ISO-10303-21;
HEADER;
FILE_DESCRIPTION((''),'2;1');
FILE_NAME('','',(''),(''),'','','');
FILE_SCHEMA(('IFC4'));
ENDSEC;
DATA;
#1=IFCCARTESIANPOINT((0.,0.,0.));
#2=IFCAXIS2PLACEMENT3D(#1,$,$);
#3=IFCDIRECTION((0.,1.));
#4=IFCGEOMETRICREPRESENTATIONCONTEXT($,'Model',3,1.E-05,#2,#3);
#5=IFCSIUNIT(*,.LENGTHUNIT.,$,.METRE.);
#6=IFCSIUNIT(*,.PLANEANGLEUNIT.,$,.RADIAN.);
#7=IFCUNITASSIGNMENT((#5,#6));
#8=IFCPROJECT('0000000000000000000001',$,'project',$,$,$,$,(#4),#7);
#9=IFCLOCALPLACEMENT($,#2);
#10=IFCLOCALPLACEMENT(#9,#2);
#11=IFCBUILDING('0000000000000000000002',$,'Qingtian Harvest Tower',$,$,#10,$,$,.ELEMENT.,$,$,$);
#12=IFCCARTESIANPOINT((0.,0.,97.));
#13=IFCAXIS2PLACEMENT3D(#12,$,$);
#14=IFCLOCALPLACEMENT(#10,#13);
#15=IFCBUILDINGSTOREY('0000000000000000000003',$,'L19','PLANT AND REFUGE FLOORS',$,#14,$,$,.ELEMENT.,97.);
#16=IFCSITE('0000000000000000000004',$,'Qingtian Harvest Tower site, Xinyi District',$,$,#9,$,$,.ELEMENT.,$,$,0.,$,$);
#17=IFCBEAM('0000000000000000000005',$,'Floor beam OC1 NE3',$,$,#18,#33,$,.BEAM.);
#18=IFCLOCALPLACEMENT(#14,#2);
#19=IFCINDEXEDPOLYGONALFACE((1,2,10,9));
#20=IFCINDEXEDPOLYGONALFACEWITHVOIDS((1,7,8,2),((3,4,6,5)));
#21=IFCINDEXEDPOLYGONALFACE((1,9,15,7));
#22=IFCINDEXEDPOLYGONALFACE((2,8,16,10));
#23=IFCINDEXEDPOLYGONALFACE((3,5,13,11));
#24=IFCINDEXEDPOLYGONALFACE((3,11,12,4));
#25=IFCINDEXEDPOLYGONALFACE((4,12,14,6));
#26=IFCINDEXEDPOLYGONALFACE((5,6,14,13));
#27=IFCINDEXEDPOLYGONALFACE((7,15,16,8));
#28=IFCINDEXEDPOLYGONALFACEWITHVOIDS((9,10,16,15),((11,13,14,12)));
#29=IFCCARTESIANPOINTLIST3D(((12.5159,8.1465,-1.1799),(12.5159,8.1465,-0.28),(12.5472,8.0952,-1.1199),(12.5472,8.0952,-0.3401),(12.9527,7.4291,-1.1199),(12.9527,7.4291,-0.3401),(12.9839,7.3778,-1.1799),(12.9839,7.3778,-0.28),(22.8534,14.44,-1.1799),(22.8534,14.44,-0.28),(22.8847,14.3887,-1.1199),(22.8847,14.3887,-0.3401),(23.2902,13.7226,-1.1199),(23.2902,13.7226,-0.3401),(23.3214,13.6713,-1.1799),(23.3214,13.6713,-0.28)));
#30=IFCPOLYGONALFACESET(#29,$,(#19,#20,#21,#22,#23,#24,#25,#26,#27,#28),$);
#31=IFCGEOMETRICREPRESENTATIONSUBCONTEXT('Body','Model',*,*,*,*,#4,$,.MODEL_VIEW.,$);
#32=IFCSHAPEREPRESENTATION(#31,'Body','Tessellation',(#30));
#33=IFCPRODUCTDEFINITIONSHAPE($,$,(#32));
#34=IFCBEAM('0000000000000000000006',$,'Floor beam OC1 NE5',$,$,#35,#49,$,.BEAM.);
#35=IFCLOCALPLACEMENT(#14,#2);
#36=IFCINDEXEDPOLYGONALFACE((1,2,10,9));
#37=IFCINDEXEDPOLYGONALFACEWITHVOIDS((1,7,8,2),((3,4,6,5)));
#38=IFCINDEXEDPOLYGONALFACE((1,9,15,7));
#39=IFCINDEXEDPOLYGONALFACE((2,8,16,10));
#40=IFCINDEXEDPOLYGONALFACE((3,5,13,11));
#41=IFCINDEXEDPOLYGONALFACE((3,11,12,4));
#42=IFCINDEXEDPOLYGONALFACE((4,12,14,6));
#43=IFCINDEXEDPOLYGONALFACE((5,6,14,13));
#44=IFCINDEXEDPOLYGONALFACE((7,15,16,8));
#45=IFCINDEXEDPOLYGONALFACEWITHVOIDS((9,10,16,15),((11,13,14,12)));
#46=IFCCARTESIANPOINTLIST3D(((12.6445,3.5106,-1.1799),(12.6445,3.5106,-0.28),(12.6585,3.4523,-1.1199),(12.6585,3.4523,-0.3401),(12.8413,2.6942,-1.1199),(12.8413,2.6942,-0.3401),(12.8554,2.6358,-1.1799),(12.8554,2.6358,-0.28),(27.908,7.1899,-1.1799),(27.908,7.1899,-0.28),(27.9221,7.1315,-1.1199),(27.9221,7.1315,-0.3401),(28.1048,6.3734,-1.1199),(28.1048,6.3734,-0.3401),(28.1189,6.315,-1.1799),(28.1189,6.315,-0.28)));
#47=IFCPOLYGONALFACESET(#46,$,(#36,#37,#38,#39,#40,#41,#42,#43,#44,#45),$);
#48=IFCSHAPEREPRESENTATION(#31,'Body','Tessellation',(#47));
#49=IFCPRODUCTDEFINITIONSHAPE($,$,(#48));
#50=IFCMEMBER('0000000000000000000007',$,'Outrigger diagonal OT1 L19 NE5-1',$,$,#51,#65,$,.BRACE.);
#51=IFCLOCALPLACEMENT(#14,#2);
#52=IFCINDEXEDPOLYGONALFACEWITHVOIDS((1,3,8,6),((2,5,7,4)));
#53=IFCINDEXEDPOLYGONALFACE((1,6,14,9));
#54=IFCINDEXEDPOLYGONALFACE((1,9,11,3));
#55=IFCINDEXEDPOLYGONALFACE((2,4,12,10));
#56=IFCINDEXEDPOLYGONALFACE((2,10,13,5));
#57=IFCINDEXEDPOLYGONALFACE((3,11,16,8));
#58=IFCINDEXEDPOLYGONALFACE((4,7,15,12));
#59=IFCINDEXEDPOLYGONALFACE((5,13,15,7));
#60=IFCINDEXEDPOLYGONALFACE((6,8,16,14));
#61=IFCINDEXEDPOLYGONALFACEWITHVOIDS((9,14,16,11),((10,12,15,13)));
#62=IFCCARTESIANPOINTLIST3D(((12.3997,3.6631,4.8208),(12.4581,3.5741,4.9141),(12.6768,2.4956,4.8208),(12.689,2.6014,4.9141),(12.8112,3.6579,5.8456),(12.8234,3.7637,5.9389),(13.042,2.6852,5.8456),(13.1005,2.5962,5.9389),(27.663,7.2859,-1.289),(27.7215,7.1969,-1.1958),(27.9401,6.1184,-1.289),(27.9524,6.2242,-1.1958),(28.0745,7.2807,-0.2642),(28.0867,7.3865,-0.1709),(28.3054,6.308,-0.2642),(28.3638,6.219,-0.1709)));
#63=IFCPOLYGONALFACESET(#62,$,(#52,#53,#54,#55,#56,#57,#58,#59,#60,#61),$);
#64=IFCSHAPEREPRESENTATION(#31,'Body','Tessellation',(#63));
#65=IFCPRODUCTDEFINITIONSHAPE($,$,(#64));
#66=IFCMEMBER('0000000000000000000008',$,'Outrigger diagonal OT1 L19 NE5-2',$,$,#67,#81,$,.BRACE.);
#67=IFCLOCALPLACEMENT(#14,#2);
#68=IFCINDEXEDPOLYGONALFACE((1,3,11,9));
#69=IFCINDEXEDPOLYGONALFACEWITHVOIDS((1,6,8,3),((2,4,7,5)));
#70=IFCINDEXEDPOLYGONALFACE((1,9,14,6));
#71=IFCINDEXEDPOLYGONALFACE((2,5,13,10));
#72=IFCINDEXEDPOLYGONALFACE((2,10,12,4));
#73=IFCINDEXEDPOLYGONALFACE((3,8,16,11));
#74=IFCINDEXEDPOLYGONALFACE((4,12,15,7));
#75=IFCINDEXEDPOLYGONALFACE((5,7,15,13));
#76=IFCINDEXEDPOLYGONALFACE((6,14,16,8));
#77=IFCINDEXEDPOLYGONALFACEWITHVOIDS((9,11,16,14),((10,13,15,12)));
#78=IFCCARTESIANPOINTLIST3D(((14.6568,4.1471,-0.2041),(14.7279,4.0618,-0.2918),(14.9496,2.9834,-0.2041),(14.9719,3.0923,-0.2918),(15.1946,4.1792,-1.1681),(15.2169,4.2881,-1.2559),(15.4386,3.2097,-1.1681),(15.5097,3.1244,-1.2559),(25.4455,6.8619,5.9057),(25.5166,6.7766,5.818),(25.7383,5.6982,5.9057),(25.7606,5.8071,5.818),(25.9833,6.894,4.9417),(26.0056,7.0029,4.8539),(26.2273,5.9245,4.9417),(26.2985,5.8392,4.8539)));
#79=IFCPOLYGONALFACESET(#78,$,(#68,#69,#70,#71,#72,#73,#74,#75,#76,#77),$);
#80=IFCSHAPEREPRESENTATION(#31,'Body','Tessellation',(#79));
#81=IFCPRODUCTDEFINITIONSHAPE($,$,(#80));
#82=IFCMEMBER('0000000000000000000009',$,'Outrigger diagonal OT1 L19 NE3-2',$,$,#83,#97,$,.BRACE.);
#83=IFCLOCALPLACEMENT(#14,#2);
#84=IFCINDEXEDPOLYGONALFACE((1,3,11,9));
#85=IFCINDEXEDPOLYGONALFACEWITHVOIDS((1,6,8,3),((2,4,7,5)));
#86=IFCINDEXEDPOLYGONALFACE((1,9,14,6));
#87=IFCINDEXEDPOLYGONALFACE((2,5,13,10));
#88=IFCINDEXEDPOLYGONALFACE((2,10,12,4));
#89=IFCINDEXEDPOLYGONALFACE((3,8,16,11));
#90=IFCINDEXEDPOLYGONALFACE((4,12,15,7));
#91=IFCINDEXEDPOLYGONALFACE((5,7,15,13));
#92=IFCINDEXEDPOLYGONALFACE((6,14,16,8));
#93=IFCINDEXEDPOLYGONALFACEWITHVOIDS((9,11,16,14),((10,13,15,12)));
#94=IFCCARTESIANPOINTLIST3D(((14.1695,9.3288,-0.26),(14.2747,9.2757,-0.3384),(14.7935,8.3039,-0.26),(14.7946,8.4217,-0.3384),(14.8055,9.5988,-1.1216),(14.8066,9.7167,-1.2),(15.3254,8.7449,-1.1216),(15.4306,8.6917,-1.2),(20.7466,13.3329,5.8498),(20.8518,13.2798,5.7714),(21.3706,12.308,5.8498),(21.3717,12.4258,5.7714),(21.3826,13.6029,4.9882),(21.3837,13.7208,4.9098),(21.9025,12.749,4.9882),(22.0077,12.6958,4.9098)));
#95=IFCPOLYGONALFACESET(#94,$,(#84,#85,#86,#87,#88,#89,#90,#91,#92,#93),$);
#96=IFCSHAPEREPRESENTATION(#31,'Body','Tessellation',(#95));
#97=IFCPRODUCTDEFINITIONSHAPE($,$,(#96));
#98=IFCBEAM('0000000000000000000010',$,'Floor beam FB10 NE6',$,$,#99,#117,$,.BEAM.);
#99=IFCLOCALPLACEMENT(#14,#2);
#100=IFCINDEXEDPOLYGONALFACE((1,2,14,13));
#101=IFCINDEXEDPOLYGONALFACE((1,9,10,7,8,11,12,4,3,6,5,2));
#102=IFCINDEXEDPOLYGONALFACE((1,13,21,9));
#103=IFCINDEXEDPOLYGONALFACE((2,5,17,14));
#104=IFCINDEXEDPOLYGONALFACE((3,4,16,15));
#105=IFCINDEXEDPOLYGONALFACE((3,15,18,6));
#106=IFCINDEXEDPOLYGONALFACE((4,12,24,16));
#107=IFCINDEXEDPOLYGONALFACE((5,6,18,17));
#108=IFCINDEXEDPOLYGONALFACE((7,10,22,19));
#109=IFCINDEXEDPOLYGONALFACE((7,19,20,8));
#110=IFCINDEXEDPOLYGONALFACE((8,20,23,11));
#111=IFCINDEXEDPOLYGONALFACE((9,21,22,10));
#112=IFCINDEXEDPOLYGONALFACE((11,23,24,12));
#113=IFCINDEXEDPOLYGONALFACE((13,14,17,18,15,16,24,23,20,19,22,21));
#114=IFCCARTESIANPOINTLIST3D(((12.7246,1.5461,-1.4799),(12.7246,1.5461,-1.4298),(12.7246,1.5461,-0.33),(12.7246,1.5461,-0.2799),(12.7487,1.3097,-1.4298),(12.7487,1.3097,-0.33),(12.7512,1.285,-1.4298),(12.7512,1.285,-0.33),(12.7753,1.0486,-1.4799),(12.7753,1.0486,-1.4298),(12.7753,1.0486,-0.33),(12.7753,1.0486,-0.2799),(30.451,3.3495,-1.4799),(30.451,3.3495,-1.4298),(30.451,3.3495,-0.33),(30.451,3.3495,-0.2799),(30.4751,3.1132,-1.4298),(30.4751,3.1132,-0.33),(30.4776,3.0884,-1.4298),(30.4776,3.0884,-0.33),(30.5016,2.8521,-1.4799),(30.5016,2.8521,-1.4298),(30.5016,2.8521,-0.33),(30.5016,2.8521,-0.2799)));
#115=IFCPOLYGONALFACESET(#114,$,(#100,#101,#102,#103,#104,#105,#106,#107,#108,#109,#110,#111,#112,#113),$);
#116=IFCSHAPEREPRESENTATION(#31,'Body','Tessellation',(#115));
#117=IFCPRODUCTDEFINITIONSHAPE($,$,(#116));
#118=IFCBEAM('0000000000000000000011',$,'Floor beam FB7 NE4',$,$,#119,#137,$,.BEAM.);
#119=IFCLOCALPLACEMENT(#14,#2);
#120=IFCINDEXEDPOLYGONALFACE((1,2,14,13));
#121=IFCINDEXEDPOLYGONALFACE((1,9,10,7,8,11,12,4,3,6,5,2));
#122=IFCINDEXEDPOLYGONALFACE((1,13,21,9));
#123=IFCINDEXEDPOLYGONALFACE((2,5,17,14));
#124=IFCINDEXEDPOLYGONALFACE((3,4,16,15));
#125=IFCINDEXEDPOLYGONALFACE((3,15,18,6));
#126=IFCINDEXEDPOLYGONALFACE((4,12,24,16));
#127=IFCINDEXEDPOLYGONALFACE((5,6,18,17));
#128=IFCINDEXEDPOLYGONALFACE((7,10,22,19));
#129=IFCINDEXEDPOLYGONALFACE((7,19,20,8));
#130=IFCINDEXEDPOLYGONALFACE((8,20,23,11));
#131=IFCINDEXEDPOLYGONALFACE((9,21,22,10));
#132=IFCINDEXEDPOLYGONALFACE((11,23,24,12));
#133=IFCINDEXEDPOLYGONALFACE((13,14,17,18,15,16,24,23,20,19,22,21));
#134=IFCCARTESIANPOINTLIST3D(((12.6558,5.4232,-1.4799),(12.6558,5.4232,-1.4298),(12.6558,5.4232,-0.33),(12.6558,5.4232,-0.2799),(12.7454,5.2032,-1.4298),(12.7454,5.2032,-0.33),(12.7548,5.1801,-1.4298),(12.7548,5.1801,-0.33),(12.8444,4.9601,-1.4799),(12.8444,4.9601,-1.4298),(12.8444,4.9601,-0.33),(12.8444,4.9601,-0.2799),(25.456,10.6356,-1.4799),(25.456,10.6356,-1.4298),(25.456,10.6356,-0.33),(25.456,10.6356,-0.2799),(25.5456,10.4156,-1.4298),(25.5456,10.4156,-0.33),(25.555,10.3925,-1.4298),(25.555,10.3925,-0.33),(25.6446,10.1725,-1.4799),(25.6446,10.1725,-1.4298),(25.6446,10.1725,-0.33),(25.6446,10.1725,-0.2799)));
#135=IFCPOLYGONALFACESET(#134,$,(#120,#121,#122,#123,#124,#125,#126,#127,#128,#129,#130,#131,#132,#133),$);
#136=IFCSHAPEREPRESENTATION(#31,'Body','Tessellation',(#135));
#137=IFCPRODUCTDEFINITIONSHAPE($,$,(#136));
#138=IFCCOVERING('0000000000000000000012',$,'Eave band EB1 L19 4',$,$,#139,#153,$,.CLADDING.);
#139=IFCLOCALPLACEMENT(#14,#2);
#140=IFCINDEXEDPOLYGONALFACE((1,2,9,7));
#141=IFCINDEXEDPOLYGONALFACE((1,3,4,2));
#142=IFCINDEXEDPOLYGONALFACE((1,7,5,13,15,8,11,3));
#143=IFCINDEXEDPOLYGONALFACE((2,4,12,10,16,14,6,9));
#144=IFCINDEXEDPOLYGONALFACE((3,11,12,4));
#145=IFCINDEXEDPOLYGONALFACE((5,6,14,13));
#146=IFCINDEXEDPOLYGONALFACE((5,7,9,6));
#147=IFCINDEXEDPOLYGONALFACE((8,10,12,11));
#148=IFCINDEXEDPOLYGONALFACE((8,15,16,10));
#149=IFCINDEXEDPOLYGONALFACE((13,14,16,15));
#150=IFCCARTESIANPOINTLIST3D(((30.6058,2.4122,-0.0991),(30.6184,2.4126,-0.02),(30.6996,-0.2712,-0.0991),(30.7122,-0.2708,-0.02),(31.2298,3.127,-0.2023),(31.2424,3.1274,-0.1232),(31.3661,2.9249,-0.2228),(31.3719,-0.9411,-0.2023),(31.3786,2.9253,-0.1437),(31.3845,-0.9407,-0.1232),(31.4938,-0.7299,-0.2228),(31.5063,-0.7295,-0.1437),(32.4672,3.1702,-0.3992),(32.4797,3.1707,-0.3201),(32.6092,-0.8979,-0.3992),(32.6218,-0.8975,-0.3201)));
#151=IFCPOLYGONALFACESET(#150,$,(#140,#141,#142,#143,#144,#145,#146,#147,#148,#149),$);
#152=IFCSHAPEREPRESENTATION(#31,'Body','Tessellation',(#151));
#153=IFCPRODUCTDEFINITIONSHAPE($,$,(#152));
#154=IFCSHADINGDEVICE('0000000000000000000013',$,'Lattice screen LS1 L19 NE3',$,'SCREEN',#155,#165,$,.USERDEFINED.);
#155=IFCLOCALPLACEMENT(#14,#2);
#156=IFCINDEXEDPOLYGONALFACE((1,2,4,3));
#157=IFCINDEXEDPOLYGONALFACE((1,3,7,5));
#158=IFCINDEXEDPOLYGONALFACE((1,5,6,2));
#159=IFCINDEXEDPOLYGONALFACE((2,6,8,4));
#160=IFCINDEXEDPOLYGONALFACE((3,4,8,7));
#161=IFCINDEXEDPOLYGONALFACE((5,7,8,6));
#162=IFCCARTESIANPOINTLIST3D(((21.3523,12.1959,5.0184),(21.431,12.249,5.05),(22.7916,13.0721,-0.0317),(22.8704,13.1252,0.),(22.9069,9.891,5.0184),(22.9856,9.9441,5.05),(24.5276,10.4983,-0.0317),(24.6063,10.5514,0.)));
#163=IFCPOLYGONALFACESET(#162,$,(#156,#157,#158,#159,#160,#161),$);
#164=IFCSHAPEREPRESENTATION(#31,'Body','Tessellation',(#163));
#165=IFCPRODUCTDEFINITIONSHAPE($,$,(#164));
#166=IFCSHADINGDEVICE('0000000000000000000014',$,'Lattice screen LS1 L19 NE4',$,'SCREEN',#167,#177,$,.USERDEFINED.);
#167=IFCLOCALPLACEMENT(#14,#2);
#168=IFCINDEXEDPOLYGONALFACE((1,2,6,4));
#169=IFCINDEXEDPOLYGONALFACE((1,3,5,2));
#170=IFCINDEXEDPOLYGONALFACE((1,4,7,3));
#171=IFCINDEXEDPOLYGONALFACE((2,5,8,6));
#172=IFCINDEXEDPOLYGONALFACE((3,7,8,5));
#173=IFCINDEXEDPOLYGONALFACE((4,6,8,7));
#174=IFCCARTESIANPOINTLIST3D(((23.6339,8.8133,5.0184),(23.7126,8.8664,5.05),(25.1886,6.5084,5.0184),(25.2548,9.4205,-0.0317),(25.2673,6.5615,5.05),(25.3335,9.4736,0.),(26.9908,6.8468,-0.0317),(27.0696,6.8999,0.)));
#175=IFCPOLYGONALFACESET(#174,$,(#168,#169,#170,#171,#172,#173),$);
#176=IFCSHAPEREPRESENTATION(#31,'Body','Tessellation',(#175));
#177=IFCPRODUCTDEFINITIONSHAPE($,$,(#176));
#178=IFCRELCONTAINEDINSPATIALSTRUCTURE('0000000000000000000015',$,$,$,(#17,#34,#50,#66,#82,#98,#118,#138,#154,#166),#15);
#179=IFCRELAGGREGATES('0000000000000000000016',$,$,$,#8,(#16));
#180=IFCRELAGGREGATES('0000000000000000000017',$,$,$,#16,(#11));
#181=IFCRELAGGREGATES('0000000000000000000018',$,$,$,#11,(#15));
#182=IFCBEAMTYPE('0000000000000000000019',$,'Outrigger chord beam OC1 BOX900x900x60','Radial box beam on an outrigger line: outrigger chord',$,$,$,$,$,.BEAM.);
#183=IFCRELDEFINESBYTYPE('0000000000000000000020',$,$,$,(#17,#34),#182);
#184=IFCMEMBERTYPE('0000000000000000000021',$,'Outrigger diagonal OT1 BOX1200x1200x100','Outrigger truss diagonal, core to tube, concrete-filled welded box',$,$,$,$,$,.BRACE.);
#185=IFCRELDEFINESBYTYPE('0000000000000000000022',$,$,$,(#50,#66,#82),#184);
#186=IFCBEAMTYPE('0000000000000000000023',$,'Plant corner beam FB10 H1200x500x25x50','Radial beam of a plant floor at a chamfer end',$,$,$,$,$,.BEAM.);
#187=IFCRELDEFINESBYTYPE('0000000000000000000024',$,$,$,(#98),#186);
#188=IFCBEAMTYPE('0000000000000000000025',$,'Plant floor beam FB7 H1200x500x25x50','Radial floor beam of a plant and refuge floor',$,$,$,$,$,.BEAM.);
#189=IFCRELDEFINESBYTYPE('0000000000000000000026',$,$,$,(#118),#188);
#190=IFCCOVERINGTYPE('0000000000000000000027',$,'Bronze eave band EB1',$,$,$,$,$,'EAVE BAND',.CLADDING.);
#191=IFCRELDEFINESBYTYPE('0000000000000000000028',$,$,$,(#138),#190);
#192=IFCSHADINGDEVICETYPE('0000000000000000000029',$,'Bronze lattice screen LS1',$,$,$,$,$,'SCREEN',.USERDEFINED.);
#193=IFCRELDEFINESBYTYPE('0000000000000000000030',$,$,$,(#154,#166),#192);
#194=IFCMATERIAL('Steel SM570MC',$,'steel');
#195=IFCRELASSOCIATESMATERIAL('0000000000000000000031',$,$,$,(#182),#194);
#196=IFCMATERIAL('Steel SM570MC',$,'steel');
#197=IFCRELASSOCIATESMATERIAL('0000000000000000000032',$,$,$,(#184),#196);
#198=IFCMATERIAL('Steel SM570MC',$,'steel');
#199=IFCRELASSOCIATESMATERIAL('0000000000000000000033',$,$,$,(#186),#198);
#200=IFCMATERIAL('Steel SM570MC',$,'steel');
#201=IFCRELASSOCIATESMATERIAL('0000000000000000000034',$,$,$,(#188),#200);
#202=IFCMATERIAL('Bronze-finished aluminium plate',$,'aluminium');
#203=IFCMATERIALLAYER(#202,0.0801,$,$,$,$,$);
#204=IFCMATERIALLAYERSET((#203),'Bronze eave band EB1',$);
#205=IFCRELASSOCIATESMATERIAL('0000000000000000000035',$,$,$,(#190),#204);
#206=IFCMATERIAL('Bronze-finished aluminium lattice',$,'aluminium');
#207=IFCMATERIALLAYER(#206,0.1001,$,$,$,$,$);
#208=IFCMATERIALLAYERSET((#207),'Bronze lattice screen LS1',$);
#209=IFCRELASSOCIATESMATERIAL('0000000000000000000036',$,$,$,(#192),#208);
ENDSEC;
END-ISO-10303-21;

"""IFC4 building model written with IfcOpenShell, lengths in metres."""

from ifc_helpers import new_model, si_unit, direction, frame, origin, origin_2d, place, context, subcontext, project, spatial, polyline, hollow_rectangle, i_section, outline, extrude, material, layer, layer_set, material_profile, profile_set, type_object, element, save


model = new_model("IFC4")

# Units and contexts
model_context = context("Model", 3, precision=1e-05, world=origin(), true_north=direction((0.0, 1.0)))
body_context = subcontext(model_context, "Body", "Model", "MODEL_VIEW")
ifc_project = project(units=[si_unit("LENGTHUNIT", "METRE"), si_unit("PLANEANGLEUNIT", "RADIAN")], contexts=[model_context])

# Site, building, storey
site_placement = place(None, origin())
site = spatial("IfcSite", under=ifc_project, at=site_placement, Name="Qingtian Harvest Tower site, Xinyi District", CompositionType="ELEMENT", RefElevation=0.0)
building_placement = place(site_placement, origin())
building = spatial("IfcBuilding", under=site, at=building_placement, Name="Qingtian Harvest Tower", CompositionType="ELEMENT")
storey_placement = place(building_placement, frame((0.0, 0.0, 97.0)))
storey = spatial("IfcBuildingStorey", under=building, at=storey_placement, Name="L19", Description="PLANT AND REFUGE FLOORS", CompositionType="ELEMENT", Elevation=97.0)

# Beams
ifc_material_1 = material(Name="Steel SM570MC", Category="steel")
ifc_material_profile_1 = material_profile(ifc_material_1, hollow_rectangle(XDim=0.8999, YDim=0.8999, WallThickness=0.0601, at=origin_2d()), Name="BOX900x900x60")
ifc_profile_set_1 = profile_set([ifc_material_profile_1], Name="Steel SM570MC")
beam_type_1 = type_object("IfcBeamType", Name="Outrigger chord beam OC1 BOX900x900x60", Description="Radial box beam on an outrigger line: outrigger chord", PredefinedType="BEAM", material=ifc_profile_set_1)
beam_1_placement = place(storey_placement, frame((23.0874, 14.0557, -0.73), z_axis=(-0.854157, -0.520015, 0.0), x_axis=(0.520015, -0.854157, 0.0)))
element("IfcBeam", 1, at=beam_1_placement, inside=storey, type_object=beam_type_1, Name="Floor beam OC1 NE3", PredefinedType="BEAM", context=body_context, shape_type="SweptSolid", body=[
    extrude(hollow_rectangle(XDim=0.8999, YDim=0.8999, WallThickness=0.0601, at=origin_2d()), origin(), (0.0, 0.0, 1.0), 12.1025),
])
beam_2_placement = place(storey_placement, frame((28.0134, 6.7524, -0.73), z_axis=(-0.972156, -0.234335, 0.0), x_axis=(0.234335, -0.972156, 0.0)))
element("IfcBeam", 2, at=beam_2_placement, inside=storey, type_object=beam_type_1, Name="Floor beam OC1 NE5", PredefinedType="BEAM", context=body_context, shape_type="SweptSolid", body=[
    extrude(hollow_rectangle(XDim=0.8999, YDim=0.8999, WallThickness=0.0601, at=origin_2d()), origin(), (0.0, 0.0, 1.0), 15.7007),
])

# Members
ifc_material_2 = material(Name="Steel SM570MC", Category="steel")
ifc_material_profile_2 = material_profile(ifc_material_2, hollow_rectangle(XDim=1.2, YDim=1.2, WallThickness=0.1001, at=origin_2d()), Name="BOX1200x1200x100")
ifc_profile_set_2 = profile_set([ifc_material_profile_2], Name="Steel SM570MC")
member_type_1 = type_object("IfcMemberType", Name="Outrigger diagonal OT1 BOX1200x1200x100", Description="Outrigger truss diagonal, core to tube, concrete-filled welded box", PredefinedType="BRACE", material=ifc_profile_set_2)
member_1_placement = place(storey_placement, frame((28.0134, 6.7524, -0.73), z_axis=(-0.906632, -0.215191, 0.36292), x_axis=(0.230936, -0.972969, 0.0)))
element("IfcMember", 3, at=member_1_placement, inside=storey, type_object=member_type_1, Name="Outrigger diagonal OT1 L19 NE5-1", PredefinedType="BRACE", context=body_context, shape_type="SweptSolid", body=[
    extrude(hollow_rectangle(XDim=1.2, YDim=1.2, WallThickness=0.1001, at=origin_2d()), origin(), (0.0, 0.0, 1.0), 16.8352),
])
member_2_placement = place(storey_placement, frame((15.0833, 3.6357, -0.73), z_axis=(0.850016, 0.213894, 0.481376), x_axis=(-0.244028, 0.969768, 0.0)))
element("IfcMember", 4, at=member_2_placement, inside=storey, type_object=member_type_1, Name="Outrigger diagonal OT1 L19 NE5-2", PredefinedType="BRACE", context=body_context, shape_type="SweptSolid", body=[
    extrude(hollow_rectangle(XDim=1.2, YDim=1.2, WallThickness=0.1001, at=origin_2d()), origin(), (0.0, 0.0, 1.0), 12.6924),
])
member_3_placement = place(storey_placement, frame((14.8, 9.0103, -0.73), z_axis=(0.669111, 0.407353, 0.621573), x_axis=(-0.52001, 0.85416, 0.0)))
element("IfcMember", 5, at=member_3_placement, inside=storey, type_object=member_type_1, Name="Outrigger diagonal OT1 L19 NE3-2", PredefinedType="BRACE", context=body_context, shape_type="SweptSolid", body=[
    extrude(hollow_rectangle(XDim=1.2, YDim=1.2, WallThickness=0.1001, at=origin_2d()), origin(), (0.0, 0.0, 1.0), 9.8296),
])

# Beams
ifc_material_3 = material(Name="Steel SM570MC", Category="steel")
ifc_material_profile_3 = material_profile(ifc_material_3, i_section(OverallWidth=0.5, OverallDepth=1.2, WebThickness=0.0249, FlangeThickness=0.05, at=origin_2d()), Name="H1200x500x25x50")
ifc_profile_set_3 = profile_set([ifc_material_profile_3], Name="Steel SM570MC")
beam_type_2 = type_object("IfcBeamType", Name="Plant corner beam FB10 H1200x500x25x50", Description="Radial beam of a plant floor at a chamfer end", PredefinedType="BEAM", material=ifc_profile_set_3)
beam_3_placement = place(storey_placement, frame((30.4763, 3.1008, -0.8799), z_axis=(-0.994864, -0.101217, 0.0), x_axis=(0.101217, -0.994864, 0.0)))
element("IfcBeam", 6, at=beam_3_placement, inside=storey, type_object=beam_type_2, Name="Floor beam FB10 NE6", PredefinedType="BEAM", context=body_context, shape_type="SweptSolid", body=[
    extrude(i_section(OverallWidth=0.5, OverallDepth=1.2, WebThickness=0.0249, FlangeThickness=0.05, at=origin_2d()), origin(), (0.0, 0.0, 1.0), 17.8179),
])
ifc_material_4 = material(Name="Steel SM570MC", Category="steel")
ifc_material_profile_4 = material_profile(ifc_material_4, i_section(OverallWidth=0.5, OverallDepth=1.2, WebThickness=0.0249, FlangeThickness=0.05, at=origin_2d()), Name="H1200x500x25x50")
ifc_profile_set_4 = profile_set([ifc_material_profile_4], Name="Steel SM570MC")
beam_type_3 = type_object("IfcBeamType", Name="Plant floor beam FB7 H1200x500x25x50", Description="Radial floor beam of a plant and refuge floor", PredefinedType="BEAM", material=ifc_profile_set_4)
beam_4_placement = place(storey_placement, frame((25.5503, 10.4041, -0.8799), z_axis=(-0.926156, -0.37714, 0.0), x_axis=(0.37714, -0.926156, 0.0)))
element("IfcBeam", 7, at=beam_4_placement, inside=storey, type_object=beam_type_3, Name="Floor beam FB7 NE4", PredefinedType="BEAM", context=body_context, shape_type="SweptSolid", body=[
    extrude(i_section(OverallWidth=0.5, OverallDepth=1.2, WebThickness=0.0249, FlangeThickness=0.05, at=origin_2d()), origin(), (0.0, 0.0, 1.0), 13.8208),
])

# Covering
ifc_material_5 = material(Name="Bronze-finished aluminium plate", Category="aluminium")
ifc_layer_1 = layer(ifc_material_5, 0.0801)
ifc_layer_set_1 = layer_set([ifc_layer_1], Name="Bronze eave band EB1")
covering_type = type_object("IfcCoveringType", Name="Bronze eave band EB1", ElementType="EAVE BAND", PredefinedType="CLADDING", material=ifc_layer_set_1)
covering_placement = place(storey_placement, frame((30.6184, 2.4126, -0.02), z_axis=(0.156986, 0.005484, 0.987586), x_axis=(0.821639, 0.554109, -0.133684)))
element("IfcCovering", 8, at=covering_placement, inside=storey, type_object=covering_type, Name="Eave band EB1 L19 4", PredefinedType="CLADDING", context=body_context, shape_type="SweptSolid", body=[
    extrude(outline(polyline([(0.0, 0.0), (0.9253, 0.0), (0.9226, 0.2446), (1.9895, -0.4137), (-0.1479, -3.8779), (-1.2148, -3.2196), (-0.995, -3.1123), (-1.4098, -2.2851), (0.0, 0.0)])), origin(), (0.0, 0.0, -1.0), 0.0801),
])

# Shading devices
ifc_material_6 = material(Name="Bronze-finished aluminium lattice", Category="aluminium")
ifc_layer_2 = layer(ifc_material_6, 0.1001)
ifc_layer_set_2 = layer_set([ifc_layer_2], Name="Bronze lattice screen LS1")
shading_device_type = type_object("IfcShadingDeviceType", Name="Bronze lattice screen LS1", ElementType="SCREEN", PredefinedType="USERDEFINED", material=ifc_layer_set_2)
shading_device_1_placement = place(storey_placement, frame((22.8704, 13.1252, 0.0), z_axis=(0.78651, 0.53048, 0.316216), x_axis=(0.559177, -0.829049, -0.000014)))
element("IfcShadingDevice", 9, at=shading_device_1_placement, inside=storey, type_object=shading_device_type, Name="Lattice screen LS1 L19 NE3", ObjectType="SCREEN", PredefinedType="USERDEFINED", context=body_context, shape_type="SweptSolid", body=[
    extrude(outline(polyline([(0.0, 0.0), (3.1045, 0.0), (2.7017, -5.3232), (-0.0784, -5.3232), (0.0, 0.0)])), origin(), (0.0, 0.0, -1.0), 0.1001),
])
shading_device_2_placement = place(storey_placement, frame((25.3335, 9.4736, 0.0), z_axis=(0.786491, 0.530506, 0.31622), x_axis=(0.559202, -0.829031, -0.000003)))
element("IfcShadingDevice", 10, at=shading_device_2_placement, inside=storey, type_object=shading_device_type, Name="Lattice screen LS1 L19 NE4", ObjectType="SCREEN", PredefinedType="USERDEFINED", context=body_context, shape_type="SweptSolid", body=[
    extrude(outline(polyline([(0.0, 0.0), (3.1045, 0.0), (2.3772, -5.3232), (-0.403, -5.3232), (0.0, 0.0)])), origin(), (0.0, 0.0, -1.0), 0.1001),
])

save(model, "model.ifc")
